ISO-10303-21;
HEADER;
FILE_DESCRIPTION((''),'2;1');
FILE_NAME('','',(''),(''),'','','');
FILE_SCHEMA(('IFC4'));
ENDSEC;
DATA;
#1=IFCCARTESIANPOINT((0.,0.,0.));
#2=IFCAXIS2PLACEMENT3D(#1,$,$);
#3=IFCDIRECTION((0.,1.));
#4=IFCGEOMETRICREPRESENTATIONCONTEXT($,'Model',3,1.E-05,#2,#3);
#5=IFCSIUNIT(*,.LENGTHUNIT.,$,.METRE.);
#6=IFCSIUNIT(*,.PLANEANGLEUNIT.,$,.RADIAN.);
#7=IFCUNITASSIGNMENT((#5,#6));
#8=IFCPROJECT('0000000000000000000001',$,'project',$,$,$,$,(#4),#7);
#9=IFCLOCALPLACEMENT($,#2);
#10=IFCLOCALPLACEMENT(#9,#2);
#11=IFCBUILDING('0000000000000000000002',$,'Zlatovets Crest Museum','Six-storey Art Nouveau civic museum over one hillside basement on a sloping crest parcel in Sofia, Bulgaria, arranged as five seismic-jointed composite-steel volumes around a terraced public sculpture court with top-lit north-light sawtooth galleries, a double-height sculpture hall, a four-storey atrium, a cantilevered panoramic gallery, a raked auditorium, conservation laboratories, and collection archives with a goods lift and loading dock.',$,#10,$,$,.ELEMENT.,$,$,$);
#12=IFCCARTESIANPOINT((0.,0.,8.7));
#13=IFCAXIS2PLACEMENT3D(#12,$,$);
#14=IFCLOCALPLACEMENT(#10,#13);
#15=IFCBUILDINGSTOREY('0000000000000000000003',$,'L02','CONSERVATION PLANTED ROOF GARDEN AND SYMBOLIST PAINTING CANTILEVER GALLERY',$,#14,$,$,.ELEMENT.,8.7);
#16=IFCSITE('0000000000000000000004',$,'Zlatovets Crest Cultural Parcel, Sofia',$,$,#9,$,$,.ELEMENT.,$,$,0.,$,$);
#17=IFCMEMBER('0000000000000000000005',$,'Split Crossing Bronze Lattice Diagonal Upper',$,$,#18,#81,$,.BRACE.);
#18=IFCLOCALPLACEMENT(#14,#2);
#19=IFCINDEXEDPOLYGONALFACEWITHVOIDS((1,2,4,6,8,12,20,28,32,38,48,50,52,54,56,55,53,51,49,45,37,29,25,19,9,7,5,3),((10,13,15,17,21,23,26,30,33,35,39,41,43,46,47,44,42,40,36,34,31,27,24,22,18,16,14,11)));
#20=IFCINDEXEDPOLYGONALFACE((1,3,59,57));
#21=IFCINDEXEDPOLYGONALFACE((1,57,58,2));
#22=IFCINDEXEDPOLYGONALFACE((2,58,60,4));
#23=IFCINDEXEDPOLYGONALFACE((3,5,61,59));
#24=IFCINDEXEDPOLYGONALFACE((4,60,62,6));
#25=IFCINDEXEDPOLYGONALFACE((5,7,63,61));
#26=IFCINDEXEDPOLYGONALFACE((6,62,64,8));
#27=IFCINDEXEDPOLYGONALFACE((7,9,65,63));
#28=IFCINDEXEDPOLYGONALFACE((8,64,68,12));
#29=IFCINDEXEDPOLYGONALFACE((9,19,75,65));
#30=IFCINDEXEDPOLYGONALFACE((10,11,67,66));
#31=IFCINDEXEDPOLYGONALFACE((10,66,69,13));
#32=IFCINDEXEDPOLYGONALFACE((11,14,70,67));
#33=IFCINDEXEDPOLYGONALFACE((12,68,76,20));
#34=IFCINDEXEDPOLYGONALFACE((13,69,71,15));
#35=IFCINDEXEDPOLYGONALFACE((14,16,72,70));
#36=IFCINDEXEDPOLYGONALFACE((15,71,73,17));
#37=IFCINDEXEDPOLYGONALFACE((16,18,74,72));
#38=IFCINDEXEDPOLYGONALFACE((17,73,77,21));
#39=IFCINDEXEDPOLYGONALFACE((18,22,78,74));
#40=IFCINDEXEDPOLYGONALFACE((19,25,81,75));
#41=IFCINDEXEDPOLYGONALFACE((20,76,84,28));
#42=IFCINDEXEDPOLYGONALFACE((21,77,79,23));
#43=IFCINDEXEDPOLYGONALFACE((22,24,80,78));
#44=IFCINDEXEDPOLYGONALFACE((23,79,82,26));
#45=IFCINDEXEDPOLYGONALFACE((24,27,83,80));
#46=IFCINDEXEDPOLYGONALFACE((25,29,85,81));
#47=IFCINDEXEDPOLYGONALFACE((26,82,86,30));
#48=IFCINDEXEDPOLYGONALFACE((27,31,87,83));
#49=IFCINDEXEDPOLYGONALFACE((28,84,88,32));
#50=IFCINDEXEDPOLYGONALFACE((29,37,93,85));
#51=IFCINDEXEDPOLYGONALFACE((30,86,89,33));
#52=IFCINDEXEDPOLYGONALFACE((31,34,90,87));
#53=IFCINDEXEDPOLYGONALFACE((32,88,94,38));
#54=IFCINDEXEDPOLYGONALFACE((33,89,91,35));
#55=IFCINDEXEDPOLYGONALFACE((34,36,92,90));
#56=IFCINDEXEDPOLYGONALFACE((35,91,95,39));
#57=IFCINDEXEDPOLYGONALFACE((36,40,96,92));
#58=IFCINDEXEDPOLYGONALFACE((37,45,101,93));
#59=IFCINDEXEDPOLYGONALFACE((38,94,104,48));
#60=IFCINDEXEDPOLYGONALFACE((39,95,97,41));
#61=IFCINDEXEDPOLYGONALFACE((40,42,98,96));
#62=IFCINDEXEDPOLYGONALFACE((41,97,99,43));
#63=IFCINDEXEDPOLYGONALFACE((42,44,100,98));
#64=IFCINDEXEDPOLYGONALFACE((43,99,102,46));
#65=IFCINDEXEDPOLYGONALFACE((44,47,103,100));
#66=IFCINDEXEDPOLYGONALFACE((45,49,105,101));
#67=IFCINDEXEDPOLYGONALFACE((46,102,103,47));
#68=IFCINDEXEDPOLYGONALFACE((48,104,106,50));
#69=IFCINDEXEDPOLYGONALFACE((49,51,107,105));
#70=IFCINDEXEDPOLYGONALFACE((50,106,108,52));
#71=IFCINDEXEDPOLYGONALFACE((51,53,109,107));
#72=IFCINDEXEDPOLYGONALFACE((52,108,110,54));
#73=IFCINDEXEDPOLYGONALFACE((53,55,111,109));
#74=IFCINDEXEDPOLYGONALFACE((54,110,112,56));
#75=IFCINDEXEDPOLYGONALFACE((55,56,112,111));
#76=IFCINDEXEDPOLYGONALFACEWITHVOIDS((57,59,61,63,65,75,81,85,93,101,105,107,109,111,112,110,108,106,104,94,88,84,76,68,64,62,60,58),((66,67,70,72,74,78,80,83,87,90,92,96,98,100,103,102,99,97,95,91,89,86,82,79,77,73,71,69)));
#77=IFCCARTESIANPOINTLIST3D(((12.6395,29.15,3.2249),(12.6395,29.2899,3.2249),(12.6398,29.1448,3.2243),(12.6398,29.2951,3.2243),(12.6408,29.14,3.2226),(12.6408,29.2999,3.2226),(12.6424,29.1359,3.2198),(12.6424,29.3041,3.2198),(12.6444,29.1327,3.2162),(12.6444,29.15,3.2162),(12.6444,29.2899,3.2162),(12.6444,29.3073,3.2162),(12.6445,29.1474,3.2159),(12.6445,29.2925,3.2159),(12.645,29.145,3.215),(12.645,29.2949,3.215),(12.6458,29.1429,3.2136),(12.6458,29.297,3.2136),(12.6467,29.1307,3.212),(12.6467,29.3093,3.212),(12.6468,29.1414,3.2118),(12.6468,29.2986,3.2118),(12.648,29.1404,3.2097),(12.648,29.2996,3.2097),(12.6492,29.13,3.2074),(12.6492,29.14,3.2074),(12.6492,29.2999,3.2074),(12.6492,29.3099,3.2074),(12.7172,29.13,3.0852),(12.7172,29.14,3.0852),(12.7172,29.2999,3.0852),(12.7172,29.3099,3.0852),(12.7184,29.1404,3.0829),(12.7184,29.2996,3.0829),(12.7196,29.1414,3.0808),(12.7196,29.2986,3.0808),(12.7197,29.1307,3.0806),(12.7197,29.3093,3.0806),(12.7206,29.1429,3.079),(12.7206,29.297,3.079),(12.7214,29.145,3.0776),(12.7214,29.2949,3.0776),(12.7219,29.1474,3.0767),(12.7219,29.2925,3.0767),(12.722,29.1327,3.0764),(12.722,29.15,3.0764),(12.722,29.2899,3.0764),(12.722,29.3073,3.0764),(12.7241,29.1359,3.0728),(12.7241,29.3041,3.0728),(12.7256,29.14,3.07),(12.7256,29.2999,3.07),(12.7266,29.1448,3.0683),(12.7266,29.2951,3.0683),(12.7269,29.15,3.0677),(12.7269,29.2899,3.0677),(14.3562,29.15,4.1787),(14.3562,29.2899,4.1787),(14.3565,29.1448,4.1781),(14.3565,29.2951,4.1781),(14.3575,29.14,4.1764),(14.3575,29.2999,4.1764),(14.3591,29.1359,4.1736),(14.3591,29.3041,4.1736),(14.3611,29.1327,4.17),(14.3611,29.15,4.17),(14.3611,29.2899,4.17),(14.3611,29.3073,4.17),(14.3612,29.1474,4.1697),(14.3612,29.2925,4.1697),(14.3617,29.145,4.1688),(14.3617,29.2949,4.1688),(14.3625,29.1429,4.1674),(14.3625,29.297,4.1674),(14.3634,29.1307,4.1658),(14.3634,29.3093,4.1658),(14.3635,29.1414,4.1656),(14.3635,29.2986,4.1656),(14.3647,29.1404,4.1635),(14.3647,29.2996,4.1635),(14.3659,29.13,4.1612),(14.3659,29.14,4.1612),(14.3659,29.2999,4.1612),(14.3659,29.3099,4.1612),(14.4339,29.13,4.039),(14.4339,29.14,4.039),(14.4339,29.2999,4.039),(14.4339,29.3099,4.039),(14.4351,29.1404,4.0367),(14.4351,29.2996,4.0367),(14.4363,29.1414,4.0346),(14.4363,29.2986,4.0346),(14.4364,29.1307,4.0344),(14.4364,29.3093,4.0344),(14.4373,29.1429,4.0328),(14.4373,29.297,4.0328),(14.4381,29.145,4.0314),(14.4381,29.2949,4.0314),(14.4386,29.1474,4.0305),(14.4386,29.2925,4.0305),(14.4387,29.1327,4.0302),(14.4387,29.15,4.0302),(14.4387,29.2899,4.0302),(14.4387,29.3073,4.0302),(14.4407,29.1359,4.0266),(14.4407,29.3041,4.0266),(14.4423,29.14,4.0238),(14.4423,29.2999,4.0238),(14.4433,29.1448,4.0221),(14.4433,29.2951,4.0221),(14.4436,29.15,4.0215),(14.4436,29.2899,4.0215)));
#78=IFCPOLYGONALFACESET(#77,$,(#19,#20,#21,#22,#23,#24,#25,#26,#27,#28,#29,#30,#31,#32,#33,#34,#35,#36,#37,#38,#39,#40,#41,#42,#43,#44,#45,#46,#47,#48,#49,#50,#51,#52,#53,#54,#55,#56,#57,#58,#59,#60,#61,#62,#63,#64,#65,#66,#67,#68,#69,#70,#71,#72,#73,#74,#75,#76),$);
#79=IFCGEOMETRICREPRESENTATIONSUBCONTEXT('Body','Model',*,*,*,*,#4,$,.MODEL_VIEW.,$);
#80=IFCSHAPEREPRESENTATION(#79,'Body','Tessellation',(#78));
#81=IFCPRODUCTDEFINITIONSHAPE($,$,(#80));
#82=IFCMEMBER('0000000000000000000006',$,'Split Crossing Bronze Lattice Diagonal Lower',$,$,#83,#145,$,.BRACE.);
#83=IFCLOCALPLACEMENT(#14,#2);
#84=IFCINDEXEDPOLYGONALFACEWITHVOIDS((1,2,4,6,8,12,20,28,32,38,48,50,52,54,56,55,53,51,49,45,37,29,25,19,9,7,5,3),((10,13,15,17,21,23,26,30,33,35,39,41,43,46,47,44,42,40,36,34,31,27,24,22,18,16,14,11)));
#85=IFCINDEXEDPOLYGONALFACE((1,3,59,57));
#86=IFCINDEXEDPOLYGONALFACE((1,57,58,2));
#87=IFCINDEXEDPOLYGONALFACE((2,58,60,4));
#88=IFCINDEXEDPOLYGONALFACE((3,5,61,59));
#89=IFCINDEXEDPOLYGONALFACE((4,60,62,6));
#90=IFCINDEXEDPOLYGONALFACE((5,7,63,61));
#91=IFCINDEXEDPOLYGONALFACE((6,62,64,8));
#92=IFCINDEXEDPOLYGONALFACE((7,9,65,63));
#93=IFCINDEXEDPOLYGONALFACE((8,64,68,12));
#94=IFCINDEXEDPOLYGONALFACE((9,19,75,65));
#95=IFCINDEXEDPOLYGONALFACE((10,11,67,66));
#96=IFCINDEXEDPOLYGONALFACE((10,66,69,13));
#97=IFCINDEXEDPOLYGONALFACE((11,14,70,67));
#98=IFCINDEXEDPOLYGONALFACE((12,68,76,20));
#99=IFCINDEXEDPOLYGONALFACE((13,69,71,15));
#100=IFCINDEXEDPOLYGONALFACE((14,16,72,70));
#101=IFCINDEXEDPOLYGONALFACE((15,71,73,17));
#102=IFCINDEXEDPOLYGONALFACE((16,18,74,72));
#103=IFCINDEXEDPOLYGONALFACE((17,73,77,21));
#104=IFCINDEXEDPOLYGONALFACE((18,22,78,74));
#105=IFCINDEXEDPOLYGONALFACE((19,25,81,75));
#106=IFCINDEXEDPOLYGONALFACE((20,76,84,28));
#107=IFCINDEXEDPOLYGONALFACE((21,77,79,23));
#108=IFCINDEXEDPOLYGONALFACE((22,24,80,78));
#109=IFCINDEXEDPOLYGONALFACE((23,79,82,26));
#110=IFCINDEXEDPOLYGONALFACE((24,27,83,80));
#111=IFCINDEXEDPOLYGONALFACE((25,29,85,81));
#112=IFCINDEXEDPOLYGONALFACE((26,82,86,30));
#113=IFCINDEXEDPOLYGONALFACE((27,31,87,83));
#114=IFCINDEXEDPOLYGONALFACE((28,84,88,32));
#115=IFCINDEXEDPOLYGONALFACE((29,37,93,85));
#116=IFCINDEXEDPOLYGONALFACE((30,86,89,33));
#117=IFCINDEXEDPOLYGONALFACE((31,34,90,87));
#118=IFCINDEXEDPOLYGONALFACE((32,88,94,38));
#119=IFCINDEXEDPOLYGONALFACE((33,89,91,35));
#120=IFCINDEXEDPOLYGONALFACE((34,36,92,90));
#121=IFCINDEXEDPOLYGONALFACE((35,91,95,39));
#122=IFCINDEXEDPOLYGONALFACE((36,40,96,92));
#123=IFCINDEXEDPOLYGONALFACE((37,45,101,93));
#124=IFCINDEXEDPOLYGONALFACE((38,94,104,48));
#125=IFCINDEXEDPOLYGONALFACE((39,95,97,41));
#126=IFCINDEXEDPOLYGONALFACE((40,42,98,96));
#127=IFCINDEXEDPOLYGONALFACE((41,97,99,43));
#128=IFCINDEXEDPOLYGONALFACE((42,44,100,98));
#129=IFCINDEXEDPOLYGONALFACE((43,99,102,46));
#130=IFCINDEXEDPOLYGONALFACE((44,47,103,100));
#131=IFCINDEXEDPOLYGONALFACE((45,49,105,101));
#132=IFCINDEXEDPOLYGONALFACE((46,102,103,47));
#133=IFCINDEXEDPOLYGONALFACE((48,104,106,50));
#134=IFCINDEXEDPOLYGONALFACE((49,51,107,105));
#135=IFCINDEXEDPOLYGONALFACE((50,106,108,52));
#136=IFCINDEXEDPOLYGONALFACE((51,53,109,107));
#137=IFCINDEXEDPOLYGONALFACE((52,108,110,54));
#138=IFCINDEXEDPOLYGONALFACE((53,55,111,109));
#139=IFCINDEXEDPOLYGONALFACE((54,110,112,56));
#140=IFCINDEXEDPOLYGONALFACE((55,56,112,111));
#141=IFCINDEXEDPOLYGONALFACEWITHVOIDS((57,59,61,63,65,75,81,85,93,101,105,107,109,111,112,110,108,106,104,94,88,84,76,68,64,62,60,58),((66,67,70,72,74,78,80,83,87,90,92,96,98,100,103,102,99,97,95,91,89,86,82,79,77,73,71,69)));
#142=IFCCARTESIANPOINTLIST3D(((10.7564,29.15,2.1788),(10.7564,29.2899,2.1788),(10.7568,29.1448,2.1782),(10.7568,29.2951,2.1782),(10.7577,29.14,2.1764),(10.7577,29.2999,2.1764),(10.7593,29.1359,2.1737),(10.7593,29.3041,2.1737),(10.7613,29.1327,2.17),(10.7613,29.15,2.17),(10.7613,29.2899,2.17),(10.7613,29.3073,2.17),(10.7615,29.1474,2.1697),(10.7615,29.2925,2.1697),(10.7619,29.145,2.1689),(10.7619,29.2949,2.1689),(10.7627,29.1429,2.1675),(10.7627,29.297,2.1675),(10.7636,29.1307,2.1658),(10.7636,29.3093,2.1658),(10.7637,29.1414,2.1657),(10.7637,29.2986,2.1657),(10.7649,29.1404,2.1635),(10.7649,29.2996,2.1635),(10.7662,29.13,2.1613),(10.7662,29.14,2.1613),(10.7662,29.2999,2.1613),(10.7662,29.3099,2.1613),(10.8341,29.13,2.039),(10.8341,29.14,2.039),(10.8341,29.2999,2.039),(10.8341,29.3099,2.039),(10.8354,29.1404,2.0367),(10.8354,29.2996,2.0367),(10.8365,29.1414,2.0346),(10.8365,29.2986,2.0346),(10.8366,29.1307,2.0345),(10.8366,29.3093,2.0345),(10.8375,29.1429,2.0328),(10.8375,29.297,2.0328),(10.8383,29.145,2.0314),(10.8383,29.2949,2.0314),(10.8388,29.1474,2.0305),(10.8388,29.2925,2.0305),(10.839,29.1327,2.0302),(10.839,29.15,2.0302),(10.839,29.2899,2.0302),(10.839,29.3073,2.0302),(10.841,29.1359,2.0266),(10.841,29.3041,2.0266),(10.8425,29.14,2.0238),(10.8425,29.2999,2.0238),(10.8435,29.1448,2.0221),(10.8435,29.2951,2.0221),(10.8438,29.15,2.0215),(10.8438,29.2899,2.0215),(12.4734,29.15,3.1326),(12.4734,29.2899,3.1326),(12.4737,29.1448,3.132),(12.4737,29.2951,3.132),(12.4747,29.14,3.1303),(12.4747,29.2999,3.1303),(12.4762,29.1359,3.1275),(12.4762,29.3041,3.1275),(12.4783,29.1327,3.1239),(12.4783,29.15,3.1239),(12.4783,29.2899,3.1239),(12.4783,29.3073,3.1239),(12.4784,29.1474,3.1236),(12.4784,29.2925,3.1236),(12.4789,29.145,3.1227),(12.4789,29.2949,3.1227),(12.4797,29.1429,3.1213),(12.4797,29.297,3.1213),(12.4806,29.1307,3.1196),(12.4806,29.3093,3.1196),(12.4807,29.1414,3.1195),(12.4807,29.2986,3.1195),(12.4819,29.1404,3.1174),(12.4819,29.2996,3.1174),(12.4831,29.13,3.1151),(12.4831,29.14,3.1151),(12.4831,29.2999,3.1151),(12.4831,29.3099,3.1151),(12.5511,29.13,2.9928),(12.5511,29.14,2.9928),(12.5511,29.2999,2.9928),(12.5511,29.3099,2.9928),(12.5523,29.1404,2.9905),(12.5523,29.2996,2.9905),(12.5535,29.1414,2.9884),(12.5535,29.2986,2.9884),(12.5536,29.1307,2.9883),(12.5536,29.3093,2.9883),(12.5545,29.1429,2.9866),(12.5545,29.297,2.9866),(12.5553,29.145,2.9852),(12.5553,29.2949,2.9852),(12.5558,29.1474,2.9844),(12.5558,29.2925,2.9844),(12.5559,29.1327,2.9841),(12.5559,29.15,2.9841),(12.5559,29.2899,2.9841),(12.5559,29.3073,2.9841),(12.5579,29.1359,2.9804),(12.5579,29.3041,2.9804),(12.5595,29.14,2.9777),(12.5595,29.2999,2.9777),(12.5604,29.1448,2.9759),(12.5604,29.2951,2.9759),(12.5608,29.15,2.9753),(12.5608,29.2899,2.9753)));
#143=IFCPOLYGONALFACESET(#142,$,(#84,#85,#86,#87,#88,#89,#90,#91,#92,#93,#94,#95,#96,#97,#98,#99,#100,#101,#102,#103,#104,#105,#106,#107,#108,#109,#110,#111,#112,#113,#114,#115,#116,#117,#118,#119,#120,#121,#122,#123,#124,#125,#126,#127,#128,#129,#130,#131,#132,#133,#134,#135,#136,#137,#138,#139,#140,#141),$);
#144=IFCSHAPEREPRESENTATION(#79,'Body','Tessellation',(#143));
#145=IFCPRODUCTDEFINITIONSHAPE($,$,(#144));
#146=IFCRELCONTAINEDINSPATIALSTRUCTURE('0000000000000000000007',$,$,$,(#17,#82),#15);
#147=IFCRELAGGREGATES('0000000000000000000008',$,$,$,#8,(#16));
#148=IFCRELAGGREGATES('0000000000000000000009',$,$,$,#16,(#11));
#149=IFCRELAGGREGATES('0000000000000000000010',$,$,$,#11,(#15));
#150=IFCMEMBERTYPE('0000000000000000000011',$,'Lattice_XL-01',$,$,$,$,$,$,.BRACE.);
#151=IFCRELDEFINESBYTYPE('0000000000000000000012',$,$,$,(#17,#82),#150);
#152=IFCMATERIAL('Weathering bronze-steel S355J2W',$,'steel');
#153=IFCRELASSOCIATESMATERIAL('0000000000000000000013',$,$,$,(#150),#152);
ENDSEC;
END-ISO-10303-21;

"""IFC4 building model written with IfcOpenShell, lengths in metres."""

from ifc_helpers import new_model, si_unit, direction, frame, origin, origin_2d, place, context, subcontext, project, spatial, hollow_rectangle, extrude, material, material_profile, profile_set, type_object, element, save


model = new_model("IFC4")

# Units and contexts
model_context = context("Model", 3, precision=1e-05, world=origin(), true_north=direction((0.0, 1.0)))
body_context = subcontext(model_context, "Body", "Model", "MODEL_VIEW")
ifc_project = project(units=[si_unit("LENGTHUNIT", "METRE"), si_unit("PLANEANGLEUNIT", "RADIAN")], contexts=[model_context])

# Site, building, storey
site_placement = place(None, origin())
site = spatial("IfcSite", under=ifc_project, at=site_placement, Name="Zlatovets Crest Cultural Parcel, Sofia", CompositionType="ELEMENT", RefElevation=0.0)
building_placement = place(site_placement, origin())
building = spatial("IfcBuilding", under=site, at=building_placement, Name="Zlatovets Crest Museum", Description="Six-storey Art Nouveau civic museum over one hillside basement on a sloping crest parcel in Sofia, Bulgaria, arranged as five seismic-jointed composite-steel volumes around a terraced public sculpture court with top-lit north-light sawtooth galleries, a double-height sculpture hall, a four-storey atrium, a cantilevered panoramic gallery, a raked auditorium, conservation laboratories, and collection archives with a goods lift and loading dock.", CompositionType="ELEMENT")
storey_placement = place(building_placement, frame((0.0, 0.0, 8.7)))
storey = spatial("IfcBuildingStorey", under=building, at=storey_placement, Name="L02", Description="CONSERVATION PLANTED ROOF GARDEN AND SYMBOLIST PAINTING CANTILEVER GALLERY", CompositionType="ELEMENT", Elevation=8.7)

# Members
ifc_material_1 = material(Name="Weathering bronze-steel S355J2W", Category="steel")
ifc_material_profile_1 = material_profile(ifc_material_1, hollow_rectangle(XDim=0.1799, YDim=0.1799, WallThickness=0.01, InnerFilletRadius=0.01, OuterFilletRadius=0.02, at=origin_2d()), Name="SHS 180x180x10.0")
ifc_profile_set_1 = profile_set([ifc_material_profile_1], Name="Weathering bronze-steel S355J2W")
member_type_1 = type_object("IfcMemberType", Name="Lattice_XL-01", PredefinedType="BRACE", material=ifc_profile_set_1)
member_1_placement = place(storey_placement, frame((14.3999, 29.22, 4.1001), z_axis=(-0.87414, 0.0, -0.485675), x_axis=(0.0, -1.0, 0.0)))
element("IfcMember", 1, at=member_1_placement, inside=storey, type_object=member_type_1, Name="Split Crossing Bronze Lattice Diagonal Upper", PredefinedType="BRACE", context=body_context, shape_type="SweptSolid", body=[
    extrude(hollow_rectangle(XDim=0.1799, YDim=0.1799, WallThickness=0.01, InnerFilletRadius=0.01, OuterFilletRadius=0.02, at=origin_2d()), origin(), (0.0, 0.0, 1.0), 1.9639),
])
member_2_placement = place(storey_placement, frame((12.5171, 29.22, 3.054), z_axis=(-0.874169, 0.0, -0.485622), x_axis=(0.0, -1.0, 0.0)))
element("IfcMember", 2, at=member_2_placement, inside=storey, type_object=member_type_1, Name="Split Crossing Bronze Lattice Diagonal Lower", PredefinedType="BRACE", context=body_context, shape_type="SweptSolid", body=[
    extrude(hollow_rectangle(XDim=0.1799, YDim=0.1799, WallThickness=0.01, InnerFilletRadius=0.01, OuterFilletRadius=0.02, at=origin_2d()), origin(), (0.0, 0.0, 1.0), 1.9641),
])

save(model, "model.ifc")
